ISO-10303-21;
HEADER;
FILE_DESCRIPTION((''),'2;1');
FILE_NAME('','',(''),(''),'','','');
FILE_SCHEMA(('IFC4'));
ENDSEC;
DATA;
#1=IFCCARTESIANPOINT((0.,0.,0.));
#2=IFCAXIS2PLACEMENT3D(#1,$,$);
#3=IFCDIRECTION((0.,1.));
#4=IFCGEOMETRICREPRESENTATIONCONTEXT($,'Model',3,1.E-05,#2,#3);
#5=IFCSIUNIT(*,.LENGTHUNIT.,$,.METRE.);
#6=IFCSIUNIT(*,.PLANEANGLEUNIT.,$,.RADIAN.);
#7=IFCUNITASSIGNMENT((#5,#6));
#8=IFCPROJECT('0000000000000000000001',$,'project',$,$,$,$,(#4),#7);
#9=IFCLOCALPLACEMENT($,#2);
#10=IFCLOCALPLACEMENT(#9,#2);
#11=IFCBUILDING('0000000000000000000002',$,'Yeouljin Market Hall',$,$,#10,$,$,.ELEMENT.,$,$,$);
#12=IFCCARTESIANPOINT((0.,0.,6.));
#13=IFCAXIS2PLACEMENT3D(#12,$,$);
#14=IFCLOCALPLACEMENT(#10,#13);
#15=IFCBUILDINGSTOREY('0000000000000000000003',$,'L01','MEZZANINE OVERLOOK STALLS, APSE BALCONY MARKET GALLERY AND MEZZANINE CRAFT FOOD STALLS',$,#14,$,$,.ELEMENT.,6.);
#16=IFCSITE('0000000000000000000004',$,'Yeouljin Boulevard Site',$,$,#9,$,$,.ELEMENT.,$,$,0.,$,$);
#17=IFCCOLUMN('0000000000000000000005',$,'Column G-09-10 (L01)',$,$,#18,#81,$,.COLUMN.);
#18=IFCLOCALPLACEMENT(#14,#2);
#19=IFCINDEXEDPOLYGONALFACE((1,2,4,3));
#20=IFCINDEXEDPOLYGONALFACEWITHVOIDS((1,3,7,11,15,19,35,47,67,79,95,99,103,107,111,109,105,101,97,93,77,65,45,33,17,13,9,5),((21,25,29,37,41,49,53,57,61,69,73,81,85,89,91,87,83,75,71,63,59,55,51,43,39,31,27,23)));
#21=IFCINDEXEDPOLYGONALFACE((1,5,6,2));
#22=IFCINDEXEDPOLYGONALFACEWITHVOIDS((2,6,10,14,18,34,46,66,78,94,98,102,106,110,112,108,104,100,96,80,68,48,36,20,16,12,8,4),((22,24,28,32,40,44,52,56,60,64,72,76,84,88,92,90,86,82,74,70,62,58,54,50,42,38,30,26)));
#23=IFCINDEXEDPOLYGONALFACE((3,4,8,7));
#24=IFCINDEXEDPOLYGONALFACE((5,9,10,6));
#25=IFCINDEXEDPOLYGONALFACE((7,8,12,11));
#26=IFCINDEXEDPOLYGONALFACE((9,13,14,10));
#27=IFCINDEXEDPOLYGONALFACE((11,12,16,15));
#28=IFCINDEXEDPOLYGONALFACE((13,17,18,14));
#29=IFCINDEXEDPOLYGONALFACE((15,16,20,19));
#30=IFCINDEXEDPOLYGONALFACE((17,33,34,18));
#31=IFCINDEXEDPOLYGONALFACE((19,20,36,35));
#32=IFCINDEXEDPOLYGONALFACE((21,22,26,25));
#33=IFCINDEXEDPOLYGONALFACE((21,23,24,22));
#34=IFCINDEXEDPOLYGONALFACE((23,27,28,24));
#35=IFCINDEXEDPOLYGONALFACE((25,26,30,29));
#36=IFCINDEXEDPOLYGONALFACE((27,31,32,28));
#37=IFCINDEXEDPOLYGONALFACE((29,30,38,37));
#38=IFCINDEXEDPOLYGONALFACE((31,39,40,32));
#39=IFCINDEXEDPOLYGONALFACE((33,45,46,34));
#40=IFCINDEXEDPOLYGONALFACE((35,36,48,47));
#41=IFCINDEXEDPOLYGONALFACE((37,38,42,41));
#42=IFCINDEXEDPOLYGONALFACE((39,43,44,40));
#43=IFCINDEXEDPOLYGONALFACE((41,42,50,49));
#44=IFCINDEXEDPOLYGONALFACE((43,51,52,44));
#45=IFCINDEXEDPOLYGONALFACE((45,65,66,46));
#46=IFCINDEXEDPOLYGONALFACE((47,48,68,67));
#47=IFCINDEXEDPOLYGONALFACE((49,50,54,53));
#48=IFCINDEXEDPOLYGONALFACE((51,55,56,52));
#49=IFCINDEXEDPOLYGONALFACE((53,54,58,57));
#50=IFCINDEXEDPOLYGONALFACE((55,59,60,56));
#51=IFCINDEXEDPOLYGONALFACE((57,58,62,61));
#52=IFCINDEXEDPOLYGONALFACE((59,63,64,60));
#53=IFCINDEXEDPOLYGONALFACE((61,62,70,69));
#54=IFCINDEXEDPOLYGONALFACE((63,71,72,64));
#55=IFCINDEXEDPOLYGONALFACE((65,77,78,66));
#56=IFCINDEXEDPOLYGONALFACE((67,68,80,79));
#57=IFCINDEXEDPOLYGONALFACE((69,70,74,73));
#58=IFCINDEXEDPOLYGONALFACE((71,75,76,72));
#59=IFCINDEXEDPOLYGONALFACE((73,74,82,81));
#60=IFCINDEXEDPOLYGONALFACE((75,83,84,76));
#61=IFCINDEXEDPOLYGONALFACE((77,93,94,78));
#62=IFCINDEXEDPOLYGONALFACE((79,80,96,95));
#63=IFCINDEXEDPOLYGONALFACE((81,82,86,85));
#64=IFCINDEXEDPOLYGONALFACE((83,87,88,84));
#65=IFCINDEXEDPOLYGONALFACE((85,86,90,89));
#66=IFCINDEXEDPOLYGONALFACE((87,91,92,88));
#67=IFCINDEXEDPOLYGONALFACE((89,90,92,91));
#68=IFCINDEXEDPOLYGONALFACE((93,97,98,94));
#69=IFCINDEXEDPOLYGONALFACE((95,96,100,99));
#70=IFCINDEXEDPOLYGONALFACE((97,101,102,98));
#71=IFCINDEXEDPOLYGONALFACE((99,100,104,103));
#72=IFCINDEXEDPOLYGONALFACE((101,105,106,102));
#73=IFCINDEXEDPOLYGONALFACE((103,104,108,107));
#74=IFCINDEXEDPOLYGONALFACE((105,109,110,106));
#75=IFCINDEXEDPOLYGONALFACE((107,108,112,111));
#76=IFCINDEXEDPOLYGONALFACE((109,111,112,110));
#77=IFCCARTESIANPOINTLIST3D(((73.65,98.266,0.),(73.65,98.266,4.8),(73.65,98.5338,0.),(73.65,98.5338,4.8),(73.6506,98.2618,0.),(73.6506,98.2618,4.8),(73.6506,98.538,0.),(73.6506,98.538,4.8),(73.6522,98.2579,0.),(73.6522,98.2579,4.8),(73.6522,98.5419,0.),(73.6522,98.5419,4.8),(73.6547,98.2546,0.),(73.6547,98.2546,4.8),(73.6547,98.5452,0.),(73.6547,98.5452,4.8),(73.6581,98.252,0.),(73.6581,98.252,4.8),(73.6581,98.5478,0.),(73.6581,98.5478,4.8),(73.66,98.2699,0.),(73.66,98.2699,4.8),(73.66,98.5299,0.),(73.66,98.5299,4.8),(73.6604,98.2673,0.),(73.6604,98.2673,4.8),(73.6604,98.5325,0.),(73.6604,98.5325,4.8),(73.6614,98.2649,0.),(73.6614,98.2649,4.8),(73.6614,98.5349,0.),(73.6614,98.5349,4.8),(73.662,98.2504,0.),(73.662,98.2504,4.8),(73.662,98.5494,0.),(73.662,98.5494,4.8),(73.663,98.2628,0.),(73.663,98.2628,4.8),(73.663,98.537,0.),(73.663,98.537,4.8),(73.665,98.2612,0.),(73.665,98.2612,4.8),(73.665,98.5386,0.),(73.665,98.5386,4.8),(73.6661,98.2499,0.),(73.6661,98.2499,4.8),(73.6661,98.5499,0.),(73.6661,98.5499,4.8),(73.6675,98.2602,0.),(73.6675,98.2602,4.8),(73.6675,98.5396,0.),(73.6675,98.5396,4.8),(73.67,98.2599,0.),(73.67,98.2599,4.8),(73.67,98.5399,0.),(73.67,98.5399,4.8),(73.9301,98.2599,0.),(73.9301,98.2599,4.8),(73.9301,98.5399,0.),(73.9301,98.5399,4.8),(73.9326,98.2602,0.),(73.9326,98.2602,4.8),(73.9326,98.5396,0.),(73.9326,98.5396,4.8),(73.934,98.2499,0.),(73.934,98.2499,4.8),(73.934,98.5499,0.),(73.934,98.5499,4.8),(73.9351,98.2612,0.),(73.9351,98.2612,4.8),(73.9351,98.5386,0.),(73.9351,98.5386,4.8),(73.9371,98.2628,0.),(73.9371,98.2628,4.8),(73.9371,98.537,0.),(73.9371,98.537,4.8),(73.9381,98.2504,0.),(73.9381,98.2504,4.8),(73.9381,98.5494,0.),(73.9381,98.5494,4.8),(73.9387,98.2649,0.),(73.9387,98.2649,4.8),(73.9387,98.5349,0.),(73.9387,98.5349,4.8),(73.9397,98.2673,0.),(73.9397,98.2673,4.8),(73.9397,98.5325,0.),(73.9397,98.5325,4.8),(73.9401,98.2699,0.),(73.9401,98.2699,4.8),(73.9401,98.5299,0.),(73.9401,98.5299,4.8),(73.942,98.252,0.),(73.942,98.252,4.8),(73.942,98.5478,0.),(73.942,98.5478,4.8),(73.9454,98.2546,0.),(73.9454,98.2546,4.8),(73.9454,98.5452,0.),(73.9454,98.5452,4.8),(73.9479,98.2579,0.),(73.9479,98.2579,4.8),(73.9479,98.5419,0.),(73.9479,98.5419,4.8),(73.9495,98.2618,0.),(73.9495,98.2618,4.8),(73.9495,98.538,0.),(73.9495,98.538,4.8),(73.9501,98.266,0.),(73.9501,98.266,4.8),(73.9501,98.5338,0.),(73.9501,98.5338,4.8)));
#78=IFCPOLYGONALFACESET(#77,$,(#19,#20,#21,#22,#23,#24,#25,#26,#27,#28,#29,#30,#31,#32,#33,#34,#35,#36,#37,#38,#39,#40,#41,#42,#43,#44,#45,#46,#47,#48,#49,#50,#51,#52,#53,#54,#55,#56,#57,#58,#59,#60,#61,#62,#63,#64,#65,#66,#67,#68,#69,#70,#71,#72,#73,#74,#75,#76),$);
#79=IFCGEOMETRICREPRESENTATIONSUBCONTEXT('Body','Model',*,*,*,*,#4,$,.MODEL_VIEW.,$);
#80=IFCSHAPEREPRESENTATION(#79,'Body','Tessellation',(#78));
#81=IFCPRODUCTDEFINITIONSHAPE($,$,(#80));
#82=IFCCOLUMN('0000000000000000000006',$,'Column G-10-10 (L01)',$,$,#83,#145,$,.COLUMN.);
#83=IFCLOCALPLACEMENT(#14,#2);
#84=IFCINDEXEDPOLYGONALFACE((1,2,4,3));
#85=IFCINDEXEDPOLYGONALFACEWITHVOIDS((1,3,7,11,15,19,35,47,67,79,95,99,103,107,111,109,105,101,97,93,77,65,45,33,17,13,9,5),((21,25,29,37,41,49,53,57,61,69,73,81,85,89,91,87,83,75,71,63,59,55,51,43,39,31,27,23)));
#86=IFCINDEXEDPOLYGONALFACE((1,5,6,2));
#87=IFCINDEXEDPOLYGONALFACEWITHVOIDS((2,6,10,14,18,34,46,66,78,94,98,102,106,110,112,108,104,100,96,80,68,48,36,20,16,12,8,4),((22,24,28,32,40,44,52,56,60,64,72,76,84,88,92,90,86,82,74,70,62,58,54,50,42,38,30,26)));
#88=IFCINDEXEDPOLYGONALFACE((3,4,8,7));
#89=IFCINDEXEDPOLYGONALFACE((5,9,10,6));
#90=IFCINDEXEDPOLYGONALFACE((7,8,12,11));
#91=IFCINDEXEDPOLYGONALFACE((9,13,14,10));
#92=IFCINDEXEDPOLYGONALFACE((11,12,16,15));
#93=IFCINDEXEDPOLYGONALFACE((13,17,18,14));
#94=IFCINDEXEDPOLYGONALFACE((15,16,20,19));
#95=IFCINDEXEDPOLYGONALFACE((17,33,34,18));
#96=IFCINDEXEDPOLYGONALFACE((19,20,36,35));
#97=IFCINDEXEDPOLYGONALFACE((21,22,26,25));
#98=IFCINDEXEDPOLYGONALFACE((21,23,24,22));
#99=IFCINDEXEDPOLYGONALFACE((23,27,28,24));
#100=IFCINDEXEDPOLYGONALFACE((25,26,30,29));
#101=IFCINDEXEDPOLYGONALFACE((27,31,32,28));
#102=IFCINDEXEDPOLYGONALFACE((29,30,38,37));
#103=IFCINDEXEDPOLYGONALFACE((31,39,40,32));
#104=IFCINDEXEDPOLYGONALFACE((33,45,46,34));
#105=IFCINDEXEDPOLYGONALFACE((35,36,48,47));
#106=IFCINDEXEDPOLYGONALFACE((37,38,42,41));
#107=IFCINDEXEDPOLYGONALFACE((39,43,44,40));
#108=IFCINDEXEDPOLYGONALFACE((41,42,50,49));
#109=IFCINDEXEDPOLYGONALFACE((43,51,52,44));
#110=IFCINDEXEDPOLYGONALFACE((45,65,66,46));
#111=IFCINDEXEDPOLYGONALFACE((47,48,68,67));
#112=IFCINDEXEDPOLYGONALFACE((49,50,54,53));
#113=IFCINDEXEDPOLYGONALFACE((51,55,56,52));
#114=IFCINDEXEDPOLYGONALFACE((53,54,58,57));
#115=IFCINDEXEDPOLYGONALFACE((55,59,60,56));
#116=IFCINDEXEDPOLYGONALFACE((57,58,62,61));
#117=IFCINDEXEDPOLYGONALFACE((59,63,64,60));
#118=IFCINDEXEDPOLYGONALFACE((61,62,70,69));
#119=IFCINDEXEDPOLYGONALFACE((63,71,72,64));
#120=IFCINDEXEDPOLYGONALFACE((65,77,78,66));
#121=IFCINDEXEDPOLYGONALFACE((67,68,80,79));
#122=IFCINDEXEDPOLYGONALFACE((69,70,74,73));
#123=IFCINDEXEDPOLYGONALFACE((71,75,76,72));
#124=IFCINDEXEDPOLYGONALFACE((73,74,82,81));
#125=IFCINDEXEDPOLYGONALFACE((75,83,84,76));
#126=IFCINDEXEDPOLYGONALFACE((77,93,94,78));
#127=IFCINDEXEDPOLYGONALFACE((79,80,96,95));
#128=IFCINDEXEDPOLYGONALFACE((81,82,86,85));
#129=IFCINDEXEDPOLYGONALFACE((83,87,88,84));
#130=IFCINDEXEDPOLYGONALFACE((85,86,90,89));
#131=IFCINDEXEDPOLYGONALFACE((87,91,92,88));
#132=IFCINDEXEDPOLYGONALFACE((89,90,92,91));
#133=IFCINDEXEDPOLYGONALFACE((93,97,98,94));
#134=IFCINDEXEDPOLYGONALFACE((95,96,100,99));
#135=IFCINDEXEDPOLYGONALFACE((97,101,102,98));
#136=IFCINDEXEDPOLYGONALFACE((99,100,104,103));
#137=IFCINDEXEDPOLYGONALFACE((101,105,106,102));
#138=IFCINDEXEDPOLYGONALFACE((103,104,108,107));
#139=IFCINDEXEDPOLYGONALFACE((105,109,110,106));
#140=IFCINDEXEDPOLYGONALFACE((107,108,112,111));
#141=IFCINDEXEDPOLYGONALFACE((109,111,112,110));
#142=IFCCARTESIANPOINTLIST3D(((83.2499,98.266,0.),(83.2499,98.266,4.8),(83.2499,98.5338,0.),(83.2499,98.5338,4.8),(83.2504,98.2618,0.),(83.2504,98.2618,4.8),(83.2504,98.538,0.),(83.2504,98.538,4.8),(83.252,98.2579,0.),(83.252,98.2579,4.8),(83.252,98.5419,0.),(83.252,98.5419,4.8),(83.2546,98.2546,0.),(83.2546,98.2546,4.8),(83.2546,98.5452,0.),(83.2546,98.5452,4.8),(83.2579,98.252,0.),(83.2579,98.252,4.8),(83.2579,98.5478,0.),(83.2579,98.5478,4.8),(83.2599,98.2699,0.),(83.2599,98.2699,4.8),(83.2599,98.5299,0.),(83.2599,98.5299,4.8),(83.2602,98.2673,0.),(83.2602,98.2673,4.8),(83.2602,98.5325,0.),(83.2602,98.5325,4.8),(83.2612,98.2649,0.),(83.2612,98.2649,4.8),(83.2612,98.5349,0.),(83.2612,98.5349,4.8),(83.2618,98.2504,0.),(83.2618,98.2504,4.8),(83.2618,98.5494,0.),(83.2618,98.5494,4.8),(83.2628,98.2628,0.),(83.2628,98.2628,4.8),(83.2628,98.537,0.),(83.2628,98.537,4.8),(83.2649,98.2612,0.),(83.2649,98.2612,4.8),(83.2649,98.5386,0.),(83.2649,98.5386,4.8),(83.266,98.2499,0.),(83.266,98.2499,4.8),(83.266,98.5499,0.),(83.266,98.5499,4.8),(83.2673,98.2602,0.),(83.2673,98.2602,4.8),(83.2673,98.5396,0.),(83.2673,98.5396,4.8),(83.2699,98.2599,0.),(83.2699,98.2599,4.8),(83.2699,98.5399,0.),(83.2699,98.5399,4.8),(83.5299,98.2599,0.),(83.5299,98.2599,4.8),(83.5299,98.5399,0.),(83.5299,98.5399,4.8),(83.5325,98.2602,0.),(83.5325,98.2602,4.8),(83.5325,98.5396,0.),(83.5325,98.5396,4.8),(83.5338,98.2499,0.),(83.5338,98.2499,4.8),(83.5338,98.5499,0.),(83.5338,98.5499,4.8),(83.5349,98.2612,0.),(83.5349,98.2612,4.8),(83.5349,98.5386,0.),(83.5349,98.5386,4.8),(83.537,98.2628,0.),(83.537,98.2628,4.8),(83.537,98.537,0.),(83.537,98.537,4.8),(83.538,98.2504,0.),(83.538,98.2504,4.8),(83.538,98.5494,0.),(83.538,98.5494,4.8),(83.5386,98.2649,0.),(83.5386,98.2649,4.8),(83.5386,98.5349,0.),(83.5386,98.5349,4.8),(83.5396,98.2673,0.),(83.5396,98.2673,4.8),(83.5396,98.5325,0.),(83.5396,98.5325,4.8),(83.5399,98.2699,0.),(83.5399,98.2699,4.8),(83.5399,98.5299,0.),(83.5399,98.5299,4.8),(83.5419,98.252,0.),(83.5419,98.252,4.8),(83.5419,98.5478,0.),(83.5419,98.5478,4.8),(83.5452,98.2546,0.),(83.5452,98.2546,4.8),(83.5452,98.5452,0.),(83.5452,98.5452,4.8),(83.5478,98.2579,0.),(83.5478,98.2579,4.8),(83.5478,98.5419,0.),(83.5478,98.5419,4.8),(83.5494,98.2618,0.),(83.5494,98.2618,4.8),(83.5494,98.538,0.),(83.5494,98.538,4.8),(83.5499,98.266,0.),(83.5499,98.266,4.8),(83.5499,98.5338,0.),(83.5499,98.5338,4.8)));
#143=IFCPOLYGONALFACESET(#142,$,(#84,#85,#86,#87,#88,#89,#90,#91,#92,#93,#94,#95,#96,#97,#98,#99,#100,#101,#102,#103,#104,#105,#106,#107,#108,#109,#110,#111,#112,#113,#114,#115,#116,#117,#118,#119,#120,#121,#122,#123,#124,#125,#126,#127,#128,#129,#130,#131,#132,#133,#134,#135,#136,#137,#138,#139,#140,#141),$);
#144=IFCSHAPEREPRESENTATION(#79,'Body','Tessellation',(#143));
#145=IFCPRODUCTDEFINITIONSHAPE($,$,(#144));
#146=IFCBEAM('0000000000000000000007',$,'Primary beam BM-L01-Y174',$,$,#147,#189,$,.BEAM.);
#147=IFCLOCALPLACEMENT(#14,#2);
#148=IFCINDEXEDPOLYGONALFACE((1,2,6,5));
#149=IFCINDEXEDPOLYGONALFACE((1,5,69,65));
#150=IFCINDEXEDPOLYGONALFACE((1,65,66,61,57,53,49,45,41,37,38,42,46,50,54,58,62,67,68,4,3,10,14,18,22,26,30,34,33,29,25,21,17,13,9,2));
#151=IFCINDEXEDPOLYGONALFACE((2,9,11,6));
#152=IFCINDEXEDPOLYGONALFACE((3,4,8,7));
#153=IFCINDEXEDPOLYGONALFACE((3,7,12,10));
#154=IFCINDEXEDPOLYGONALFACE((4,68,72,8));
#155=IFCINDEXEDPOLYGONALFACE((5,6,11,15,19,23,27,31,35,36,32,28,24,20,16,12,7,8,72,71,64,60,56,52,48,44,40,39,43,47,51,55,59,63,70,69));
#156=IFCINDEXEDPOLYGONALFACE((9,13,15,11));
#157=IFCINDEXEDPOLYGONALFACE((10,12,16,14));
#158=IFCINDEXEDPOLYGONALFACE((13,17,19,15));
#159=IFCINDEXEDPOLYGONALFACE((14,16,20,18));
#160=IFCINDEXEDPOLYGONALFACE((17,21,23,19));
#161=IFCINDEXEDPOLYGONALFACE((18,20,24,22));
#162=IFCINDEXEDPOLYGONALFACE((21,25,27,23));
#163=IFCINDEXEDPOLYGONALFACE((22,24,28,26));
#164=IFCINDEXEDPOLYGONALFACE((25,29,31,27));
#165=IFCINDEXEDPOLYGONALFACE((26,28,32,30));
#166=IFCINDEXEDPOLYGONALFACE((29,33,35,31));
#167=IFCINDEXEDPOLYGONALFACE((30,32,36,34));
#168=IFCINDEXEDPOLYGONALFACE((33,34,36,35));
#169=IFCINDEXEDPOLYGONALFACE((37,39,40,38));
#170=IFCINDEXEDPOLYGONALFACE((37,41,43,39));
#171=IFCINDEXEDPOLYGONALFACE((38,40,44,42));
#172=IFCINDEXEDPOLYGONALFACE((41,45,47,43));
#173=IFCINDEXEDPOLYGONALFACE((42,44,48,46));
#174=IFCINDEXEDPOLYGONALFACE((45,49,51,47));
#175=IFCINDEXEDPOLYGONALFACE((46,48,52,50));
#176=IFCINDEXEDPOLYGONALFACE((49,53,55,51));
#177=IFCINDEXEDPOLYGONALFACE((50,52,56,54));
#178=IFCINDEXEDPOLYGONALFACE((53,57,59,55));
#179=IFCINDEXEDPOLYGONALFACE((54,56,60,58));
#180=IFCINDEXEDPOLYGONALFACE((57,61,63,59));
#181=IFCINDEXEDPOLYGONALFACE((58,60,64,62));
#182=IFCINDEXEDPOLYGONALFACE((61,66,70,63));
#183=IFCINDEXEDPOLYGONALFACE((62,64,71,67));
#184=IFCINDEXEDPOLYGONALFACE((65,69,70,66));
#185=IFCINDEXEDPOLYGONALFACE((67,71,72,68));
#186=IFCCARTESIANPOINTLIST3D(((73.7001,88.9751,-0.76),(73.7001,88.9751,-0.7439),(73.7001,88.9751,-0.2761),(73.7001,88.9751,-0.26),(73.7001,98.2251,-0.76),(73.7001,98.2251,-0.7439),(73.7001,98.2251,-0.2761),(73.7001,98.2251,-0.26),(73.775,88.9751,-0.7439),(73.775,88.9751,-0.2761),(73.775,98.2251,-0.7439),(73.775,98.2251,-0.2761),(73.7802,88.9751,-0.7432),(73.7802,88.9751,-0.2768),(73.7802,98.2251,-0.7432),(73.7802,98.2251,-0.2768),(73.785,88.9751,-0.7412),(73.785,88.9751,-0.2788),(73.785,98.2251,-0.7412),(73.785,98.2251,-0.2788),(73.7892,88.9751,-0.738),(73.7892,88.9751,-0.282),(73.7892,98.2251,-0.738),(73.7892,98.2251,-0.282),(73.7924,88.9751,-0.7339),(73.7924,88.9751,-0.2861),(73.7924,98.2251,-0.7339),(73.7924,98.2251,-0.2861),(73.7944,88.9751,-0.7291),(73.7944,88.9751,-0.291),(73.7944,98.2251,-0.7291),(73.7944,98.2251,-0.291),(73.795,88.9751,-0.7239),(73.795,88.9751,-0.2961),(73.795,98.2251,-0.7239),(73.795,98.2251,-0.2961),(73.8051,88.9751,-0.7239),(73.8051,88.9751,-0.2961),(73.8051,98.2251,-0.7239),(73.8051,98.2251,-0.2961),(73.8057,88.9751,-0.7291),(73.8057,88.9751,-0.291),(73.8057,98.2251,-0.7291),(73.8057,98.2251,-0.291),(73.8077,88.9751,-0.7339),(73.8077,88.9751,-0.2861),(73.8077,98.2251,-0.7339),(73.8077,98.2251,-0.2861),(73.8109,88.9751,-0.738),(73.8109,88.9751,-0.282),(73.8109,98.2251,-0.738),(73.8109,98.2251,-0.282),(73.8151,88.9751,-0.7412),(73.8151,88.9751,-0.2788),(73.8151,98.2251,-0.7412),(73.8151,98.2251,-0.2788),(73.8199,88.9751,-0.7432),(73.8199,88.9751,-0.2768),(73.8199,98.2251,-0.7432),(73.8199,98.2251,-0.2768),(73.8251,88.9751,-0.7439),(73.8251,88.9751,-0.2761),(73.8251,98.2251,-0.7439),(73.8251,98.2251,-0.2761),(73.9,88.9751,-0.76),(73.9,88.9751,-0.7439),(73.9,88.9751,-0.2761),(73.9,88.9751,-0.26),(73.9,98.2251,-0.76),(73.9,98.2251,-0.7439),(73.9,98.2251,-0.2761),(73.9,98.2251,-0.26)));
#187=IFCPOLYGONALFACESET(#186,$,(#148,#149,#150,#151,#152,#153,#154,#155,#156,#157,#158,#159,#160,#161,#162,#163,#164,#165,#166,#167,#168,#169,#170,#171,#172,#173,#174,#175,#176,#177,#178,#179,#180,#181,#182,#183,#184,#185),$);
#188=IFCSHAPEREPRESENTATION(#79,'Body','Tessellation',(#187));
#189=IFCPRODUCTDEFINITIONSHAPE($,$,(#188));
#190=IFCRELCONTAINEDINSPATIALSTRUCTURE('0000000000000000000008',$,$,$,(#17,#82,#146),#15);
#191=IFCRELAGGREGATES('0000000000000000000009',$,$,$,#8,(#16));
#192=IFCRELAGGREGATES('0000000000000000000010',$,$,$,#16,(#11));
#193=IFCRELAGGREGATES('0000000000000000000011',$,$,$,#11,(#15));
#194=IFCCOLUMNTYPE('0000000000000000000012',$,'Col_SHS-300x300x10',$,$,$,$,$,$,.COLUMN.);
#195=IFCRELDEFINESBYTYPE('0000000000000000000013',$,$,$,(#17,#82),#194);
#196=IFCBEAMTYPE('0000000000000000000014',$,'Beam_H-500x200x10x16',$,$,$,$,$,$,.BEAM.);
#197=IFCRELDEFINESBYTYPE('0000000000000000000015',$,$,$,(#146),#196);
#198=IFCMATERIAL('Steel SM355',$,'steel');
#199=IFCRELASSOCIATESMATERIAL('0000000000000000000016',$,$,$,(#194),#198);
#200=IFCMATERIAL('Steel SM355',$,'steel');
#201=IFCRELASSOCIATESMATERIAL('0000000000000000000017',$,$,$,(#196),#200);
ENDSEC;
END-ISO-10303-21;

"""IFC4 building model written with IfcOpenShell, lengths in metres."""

from ifc_helpers import new_model, si_unit, direction, frame, origin, origin_2d, place, context, subcontext, project, spatial, hollow_rectangle, i_section, extrude, material, material_profile, profile_set, type_object, element, save


model = new_model("IFC4")

# Units and contexts
model_context = context("Model", 3, precision=1e-05, world=origin(), true_north=direction((0.0, 1.0)))
body_context = subcontext(model_context, "Body", "Model", "MODEL_VIEW")
ifc_project = project(units=[si_unit("LENGTHUNIT", "METRE"), si_unit("PLANEANGLEUNIT", "RADIAN")], contexts=[model_context])

# Site, building, storey
site_placement = place(None, origin())
site = spatial("IfcSite", under=ifc_project, at=site_placement, Name="Yeouljin Boulevard Site", CompositionType="ELEMENT", RefElevation=0.0)
building_placement = place(site_placement, origin())
building = spatial("IfcBuilding", under=site, at=building_placement, Name="Yeouljin Market Hall", CompositionType="ELEMENT")
storey_placement = place(building_placement, frame((0.0, 0.0, 6.0)))
storey = spatial("IfcBuildingStorey", under=building, at=storey_placement, Name="L01", Description="MEZZANINE OVERLOOK STALLS, APSE BALCONY MARKET GALLERY AND MEZZANINE CRAFT FOOD STALLS", CompositionType="ELEMENT", Elevation=6.0)

# Columns
ifc_material_1 = material(Name="Steel SM355", Category="steel")
ifc_material_profile_1 = material_profile(ifc_material_1, hollow_rectangle(XDim=0.3, YDim=0.3, WallThickness=0.01, InnerFilletRadius=0.01, OuterFilletRadius=0.0161, at=origin_2d()), Name="SHS-300x300x10")
ifc_profile_set_1 = profile_set([ifc_material_profile_1], Name="Steel SM355")
column_type = type_object("IfcColumnType", Name="Col_SHS-300x300x10", PredefinedType="COLUMN", material=ifc_profile_set_1)
for number, where, z_axis, x_axis, name in (
    (1, (73.8, 98.3999, 0.0), (0.0, 0.0, 1.0), (1.0, 0.0, 0.0), "Column G-09-10 (L01)"),
    (2, (83.3999, 98.3999, 0.0), (0.0, 0.0, 1.0), (1.0, 0.0, 0.0), "Column G-10-10 (L01)"),
):
    element("IfcColumn", number, at=place(storey_placement, frame(where, z_axis=z_axis, x_axis=x_axis)), inside=storey, type_object=column_type, Name=name, PredefinedType="COLUMN", context=body_context, shape_type="SweptSolid", body=[
        extrude(hollow_rectangle(XDim=0.3, YDim=0.3, WallThickness=0.01, InnerFilletRadius=0.01, OuterFilletRadius=0.0161, at=origin_2d()), origin(), (0.0, 0.0, 1.0), 4.8),
    ])

# Beam
ifc_material_2 = material(Name="Steel SM355", Category="steel")
ifc_material_profile_2 = material_profile(ifc_material_2, i_section(OverallWidth=0.2, OverallDepth=0.5, WebThickness=0.01, FlangeThickness=0.0161, FilletRadius=0.02, at=origin_2d()), Name="H-500x200x10x16")
ifc_profile_set_2 = profile_set([ifc_material_profile_2], Name="Steel SM355")
beam_type_1 = type_object("IfcBeamType", Name="Beam_H-500x200x10x16", PredefinedType="BEAM", material=ifc_profile_set_2)
for number, where, z_axis, x_axis, name in (
    (3, (73.8, 88.9751, -0.51), (0.0, 1.0, 0.0), (-1.0, 0.0, 0.0), "Primary beam BM-L01-Y174"),
):
    element("IfcBeam", number, at=place(storey_placement, frame(where, z_axis=z_axis, x_axis=x_axis)), inside=storey, type_object=beam_type_1, Name=name, PredefinedType="BEAM", context=body_context, shape_type="SweptSolid", body=[
        extrude(i_section(OverallWidth=0.2, OverallDepth=0.5, WebThickness=0.01, FlangeThickness=0.0161, FilletRadius=0.02, at=origin_2d()), origin(), (0.0, 0.0, 1.0), 9.25),
    ])

save(model, "model.ifc")
